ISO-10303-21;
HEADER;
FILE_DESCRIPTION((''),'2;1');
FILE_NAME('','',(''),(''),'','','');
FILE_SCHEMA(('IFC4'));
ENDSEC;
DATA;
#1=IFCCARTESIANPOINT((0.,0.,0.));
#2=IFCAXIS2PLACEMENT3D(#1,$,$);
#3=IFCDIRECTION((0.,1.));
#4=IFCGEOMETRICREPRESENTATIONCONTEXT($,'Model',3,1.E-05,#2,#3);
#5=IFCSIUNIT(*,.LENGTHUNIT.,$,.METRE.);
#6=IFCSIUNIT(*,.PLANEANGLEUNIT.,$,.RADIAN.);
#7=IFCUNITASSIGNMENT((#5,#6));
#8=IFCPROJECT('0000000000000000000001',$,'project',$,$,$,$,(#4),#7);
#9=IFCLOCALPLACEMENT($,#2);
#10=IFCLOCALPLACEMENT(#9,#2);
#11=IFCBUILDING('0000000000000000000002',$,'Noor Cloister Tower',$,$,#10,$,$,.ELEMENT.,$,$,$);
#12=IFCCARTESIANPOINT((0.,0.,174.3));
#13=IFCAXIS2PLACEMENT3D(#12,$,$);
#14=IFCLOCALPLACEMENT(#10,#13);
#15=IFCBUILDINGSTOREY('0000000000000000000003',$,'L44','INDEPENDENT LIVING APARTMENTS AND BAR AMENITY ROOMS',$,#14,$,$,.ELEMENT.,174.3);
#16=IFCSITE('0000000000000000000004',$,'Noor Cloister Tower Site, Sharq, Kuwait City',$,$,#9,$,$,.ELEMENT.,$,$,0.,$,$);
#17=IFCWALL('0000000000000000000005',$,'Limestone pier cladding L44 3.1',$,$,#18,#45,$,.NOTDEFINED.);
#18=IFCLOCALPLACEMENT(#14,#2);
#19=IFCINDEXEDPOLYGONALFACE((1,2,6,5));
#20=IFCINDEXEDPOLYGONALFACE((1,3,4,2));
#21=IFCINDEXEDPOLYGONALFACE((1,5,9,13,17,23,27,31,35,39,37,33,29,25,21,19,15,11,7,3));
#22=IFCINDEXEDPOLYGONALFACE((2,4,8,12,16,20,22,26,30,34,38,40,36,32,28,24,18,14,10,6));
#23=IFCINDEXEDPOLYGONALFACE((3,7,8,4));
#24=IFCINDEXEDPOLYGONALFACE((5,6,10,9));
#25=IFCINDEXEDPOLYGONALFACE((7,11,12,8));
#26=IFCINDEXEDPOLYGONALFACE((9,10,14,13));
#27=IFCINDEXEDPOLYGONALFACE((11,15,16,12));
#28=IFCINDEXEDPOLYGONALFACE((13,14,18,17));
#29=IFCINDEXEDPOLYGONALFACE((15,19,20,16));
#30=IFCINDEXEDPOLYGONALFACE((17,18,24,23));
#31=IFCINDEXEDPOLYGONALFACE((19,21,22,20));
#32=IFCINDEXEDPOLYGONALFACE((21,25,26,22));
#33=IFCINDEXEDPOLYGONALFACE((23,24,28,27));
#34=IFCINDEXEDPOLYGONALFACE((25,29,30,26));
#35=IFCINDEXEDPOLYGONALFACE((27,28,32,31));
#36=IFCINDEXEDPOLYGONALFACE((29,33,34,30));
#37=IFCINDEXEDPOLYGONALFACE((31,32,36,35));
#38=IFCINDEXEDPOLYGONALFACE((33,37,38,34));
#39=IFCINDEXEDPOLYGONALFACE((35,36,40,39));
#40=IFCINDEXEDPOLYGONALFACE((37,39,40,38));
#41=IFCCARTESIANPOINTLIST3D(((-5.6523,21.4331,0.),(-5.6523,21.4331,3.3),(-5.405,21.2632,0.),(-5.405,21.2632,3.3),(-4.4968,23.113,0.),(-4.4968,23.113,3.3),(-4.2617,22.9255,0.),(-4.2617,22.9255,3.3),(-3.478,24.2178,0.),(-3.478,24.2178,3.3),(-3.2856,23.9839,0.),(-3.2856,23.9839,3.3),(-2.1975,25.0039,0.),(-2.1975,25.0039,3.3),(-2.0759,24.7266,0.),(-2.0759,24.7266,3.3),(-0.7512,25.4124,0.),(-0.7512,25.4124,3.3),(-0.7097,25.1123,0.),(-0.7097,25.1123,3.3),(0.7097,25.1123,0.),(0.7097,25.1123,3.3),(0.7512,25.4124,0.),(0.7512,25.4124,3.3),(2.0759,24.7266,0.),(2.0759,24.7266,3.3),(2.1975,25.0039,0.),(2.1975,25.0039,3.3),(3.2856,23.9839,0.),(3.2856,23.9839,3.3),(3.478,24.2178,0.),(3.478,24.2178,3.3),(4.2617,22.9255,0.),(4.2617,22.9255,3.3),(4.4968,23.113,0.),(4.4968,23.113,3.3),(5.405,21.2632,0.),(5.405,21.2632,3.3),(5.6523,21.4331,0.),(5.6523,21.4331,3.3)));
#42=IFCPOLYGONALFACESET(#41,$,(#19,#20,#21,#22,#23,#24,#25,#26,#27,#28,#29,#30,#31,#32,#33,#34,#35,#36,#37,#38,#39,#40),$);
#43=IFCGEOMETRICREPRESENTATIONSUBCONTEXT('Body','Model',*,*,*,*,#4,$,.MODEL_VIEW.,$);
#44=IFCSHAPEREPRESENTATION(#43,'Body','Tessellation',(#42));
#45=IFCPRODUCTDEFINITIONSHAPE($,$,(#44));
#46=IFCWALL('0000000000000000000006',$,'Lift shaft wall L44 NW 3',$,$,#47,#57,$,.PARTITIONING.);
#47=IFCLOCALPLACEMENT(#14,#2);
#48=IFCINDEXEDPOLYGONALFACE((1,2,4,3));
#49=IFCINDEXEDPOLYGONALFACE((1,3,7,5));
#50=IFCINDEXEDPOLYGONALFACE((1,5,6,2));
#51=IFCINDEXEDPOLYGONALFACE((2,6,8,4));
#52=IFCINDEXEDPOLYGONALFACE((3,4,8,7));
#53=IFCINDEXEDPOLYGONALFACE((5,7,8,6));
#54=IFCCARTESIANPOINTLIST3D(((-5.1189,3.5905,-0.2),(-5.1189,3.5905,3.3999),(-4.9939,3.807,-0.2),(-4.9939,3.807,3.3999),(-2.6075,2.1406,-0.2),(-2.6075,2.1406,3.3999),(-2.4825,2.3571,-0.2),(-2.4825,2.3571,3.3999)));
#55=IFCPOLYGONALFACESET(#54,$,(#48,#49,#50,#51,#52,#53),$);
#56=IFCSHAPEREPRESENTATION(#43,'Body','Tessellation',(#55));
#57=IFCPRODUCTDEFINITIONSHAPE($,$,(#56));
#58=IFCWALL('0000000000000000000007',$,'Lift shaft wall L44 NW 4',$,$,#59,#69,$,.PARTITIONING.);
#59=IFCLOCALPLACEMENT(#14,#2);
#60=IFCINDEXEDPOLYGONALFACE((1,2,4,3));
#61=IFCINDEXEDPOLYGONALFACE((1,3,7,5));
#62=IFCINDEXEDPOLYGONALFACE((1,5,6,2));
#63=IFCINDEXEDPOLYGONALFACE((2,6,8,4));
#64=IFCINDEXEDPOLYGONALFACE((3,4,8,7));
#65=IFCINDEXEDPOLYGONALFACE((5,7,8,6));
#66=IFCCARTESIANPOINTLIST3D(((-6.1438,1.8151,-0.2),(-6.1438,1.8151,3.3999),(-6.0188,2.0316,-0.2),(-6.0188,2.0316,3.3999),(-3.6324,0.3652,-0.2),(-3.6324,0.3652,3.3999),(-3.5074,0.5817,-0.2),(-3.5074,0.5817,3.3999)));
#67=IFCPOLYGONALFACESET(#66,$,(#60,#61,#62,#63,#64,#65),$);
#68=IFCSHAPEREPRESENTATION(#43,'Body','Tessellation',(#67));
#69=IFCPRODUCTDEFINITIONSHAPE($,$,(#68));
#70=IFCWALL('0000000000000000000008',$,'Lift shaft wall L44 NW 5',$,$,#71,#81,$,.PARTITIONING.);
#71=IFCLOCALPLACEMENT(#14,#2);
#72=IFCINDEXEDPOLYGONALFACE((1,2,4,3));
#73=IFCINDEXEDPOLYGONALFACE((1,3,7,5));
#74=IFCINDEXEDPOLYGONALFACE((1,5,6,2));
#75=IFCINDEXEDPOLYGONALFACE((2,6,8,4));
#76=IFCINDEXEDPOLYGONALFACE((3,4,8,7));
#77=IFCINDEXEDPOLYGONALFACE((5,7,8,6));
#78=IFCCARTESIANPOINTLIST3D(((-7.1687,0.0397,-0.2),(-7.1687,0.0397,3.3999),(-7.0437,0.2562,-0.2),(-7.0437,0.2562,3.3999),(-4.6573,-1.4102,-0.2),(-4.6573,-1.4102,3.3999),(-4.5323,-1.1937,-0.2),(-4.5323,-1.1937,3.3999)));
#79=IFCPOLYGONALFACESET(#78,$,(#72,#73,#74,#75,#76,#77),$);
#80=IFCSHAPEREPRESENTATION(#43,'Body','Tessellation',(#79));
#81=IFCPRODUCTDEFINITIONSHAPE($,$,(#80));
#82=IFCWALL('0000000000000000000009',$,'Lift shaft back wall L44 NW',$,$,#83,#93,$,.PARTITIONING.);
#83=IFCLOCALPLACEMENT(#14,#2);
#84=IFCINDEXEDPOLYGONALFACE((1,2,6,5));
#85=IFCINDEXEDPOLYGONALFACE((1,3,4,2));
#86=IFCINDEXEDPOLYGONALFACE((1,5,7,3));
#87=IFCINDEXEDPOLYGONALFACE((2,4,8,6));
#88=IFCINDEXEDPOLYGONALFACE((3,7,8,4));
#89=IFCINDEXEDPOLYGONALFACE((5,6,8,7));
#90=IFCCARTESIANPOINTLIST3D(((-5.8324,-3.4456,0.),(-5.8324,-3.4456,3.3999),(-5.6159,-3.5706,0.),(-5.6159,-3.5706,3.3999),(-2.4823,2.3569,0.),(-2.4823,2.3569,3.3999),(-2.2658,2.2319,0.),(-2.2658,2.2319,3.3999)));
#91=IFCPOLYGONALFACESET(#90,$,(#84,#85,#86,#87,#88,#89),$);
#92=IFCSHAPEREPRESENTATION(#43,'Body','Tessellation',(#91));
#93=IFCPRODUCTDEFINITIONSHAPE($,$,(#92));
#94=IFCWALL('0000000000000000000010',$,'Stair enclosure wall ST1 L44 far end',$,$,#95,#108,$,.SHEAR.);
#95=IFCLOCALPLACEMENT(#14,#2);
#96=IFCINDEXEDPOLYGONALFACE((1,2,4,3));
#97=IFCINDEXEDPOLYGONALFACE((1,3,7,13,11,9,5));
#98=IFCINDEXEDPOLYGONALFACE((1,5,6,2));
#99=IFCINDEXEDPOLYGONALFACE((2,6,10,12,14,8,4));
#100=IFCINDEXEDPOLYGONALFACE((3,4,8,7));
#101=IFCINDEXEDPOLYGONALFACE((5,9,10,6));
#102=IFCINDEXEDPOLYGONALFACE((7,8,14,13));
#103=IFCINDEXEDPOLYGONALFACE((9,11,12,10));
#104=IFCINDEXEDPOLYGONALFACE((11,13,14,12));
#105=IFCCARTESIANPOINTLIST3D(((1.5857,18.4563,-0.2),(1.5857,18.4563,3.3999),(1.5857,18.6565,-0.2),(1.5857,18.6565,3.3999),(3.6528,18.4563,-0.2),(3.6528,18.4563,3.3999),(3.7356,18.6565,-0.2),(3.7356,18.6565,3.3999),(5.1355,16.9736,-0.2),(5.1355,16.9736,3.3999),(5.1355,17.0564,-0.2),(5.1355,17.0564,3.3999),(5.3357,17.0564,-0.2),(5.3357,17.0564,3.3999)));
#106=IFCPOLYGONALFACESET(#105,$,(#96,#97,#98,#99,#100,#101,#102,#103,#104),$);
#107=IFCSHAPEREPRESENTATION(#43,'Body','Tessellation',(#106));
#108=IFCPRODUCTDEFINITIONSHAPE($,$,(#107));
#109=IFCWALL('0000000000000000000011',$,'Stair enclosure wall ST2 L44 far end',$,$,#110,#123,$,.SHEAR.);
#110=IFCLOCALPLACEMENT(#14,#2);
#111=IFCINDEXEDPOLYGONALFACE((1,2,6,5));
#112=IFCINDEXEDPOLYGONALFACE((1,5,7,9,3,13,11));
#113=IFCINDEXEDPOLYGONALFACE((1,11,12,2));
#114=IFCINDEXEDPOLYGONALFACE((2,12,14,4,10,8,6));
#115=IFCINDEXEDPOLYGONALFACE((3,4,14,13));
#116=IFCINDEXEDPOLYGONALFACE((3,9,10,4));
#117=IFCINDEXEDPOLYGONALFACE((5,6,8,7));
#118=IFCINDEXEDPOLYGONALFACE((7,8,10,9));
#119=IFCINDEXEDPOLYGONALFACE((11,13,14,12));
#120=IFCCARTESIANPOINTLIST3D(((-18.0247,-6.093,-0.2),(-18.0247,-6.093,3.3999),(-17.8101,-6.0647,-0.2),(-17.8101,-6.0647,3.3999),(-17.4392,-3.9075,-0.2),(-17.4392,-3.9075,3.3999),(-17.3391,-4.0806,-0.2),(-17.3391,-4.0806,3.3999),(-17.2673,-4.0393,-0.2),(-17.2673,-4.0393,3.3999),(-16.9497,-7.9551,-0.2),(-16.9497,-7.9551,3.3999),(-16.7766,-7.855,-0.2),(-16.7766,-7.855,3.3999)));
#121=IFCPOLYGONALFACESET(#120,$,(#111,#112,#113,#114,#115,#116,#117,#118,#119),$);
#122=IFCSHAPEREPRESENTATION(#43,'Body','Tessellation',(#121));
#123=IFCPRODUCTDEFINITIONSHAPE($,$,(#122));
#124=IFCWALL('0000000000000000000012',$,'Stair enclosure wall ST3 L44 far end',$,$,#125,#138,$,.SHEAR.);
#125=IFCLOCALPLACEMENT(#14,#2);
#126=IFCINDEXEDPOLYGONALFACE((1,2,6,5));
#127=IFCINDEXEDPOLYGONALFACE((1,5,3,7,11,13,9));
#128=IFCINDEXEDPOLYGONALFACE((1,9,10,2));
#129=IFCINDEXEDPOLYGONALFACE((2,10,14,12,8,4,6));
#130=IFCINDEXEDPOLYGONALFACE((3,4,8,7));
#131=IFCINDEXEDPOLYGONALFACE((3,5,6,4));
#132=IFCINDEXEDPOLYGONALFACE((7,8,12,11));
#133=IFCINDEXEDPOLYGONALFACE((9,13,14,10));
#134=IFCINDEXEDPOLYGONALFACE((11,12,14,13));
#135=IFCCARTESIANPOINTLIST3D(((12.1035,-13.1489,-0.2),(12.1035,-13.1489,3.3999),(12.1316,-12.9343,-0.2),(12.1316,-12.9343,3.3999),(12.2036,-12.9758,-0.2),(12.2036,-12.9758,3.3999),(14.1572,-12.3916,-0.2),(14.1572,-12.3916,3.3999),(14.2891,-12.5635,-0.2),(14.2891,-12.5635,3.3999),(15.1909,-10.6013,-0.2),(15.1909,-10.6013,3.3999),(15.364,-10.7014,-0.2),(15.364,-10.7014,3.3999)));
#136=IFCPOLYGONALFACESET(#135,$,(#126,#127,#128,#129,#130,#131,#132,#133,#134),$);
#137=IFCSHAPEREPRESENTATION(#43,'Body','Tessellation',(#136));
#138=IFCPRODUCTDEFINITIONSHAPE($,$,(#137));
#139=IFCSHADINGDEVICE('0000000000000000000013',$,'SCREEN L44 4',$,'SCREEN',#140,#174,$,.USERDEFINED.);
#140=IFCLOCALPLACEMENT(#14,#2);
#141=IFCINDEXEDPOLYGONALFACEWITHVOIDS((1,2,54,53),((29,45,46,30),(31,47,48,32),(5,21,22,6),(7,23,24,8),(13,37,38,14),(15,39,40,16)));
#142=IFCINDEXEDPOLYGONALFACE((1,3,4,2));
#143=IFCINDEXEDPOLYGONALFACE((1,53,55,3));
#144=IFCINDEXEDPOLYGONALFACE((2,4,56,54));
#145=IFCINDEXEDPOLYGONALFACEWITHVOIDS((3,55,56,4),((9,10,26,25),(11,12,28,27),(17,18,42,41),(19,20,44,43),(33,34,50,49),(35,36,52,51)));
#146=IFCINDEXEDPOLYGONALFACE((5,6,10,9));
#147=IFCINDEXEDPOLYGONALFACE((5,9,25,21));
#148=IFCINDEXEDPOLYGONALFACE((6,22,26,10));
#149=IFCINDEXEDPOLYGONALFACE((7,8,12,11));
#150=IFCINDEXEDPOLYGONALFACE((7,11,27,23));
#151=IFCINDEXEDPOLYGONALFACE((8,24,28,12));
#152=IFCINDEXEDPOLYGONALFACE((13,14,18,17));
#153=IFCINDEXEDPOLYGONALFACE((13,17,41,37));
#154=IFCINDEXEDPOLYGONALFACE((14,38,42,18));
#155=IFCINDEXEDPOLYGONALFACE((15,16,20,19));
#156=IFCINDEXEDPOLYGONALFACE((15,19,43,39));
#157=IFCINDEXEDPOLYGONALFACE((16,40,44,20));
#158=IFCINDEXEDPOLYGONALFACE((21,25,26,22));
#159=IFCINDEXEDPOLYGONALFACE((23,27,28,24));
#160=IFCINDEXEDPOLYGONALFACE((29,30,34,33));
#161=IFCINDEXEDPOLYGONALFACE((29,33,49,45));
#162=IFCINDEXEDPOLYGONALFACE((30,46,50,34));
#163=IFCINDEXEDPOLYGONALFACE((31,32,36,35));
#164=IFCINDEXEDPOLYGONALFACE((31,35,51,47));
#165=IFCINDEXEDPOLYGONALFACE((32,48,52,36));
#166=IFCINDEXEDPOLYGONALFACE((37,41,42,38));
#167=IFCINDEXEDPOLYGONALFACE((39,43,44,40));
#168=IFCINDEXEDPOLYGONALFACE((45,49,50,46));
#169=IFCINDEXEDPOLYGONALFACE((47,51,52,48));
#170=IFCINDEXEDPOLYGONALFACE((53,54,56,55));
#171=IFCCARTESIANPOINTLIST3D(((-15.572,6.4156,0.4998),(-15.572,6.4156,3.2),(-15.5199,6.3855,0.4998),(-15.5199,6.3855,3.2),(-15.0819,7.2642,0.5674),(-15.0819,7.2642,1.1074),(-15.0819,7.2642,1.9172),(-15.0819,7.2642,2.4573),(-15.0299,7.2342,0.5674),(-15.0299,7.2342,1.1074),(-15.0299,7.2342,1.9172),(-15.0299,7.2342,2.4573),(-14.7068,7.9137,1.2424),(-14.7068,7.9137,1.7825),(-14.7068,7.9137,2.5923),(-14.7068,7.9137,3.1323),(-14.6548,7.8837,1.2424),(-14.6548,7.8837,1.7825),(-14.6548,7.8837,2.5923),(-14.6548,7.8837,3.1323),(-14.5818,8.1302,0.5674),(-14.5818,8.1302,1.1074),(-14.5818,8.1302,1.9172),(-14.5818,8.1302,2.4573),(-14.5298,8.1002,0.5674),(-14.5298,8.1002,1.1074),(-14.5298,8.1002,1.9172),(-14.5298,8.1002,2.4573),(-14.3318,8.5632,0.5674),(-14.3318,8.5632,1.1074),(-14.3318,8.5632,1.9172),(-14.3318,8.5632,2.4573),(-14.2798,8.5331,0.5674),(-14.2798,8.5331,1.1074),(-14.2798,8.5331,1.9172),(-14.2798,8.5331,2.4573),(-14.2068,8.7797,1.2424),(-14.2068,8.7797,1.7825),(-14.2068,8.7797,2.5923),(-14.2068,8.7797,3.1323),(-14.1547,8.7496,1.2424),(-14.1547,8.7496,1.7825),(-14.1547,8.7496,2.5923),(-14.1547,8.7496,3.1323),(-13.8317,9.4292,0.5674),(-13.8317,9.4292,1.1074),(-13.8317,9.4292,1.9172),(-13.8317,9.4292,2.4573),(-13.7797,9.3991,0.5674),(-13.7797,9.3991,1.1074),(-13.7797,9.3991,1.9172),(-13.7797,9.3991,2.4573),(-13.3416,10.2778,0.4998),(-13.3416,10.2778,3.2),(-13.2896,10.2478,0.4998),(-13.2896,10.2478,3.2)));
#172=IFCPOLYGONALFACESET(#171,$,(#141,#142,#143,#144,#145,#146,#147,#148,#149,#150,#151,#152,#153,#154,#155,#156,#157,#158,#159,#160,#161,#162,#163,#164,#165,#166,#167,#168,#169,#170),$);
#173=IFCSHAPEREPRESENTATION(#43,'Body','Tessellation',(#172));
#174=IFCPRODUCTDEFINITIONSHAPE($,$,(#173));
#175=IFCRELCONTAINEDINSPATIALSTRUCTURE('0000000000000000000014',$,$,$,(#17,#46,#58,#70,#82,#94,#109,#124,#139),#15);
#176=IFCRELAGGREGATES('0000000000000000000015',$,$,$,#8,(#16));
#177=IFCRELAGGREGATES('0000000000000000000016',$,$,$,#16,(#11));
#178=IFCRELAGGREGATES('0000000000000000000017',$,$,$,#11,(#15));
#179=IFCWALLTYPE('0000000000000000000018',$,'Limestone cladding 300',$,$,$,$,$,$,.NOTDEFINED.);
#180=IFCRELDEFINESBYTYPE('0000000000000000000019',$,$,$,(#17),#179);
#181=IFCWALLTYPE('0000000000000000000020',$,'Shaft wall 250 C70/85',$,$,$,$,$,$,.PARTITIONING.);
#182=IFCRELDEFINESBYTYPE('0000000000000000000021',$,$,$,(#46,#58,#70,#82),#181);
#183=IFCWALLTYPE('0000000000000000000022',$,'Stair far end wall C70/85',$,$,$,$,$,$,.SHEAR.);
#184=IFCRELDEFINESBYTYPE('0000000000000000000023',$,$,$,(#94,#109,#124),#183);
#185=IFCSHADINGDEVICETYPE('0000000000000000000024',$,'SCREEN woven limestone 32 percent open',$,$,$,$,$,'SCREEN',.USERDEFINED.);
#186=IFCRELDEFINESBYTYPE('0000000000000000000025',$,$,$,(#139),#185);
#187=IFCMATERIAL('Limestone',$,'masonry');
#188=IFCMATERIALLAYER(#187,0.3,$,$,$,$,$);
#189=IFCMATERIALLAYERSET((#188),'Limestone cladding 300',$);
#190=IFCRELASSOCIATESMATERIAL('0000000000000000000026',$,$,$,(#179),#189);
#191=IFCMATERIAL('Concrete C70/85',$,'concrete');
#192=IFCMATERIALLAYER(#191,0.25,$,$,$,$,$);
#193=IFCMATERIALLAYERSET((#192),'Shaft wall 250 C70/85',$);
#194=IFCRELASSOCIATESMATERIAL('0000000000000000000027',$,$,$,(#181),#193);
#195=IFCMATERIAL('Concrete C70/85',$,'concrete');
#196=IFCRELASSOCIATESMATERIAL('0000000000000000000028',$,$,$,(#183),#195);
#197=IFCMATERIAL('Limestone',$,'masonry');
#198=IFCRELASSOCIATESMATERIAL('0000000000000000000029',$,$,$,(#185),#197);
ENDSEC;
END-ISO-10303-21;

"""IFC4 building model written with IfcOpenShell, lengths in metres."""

from ifc_helpers import new_model, si_unit, direction, frame, frame_2d, origin, place, context, subcontext, project, spatial, polyline, rectangle, outline, extrude, material, layer, layer_set, material_profile, profile_set, type_object, element, save


model = new_model("IFC4")

# Units and contexts
model_context = context("Model", 3, precision=1e-05, world=origin(), true_north=direction((0.0, 1.0)))
body_context = subcontext(model_context, "Body", "Model", "MODEL_VIEW")
ifc_project = project(units=[si_unit("LENGTHUNIT", "METRE"), si_unit("PLANEANGLEUNIT", "RADIAN")], contexts=[model_context])

# Site, building, storey
site_placement = place(None, origin())
site = spatial("IfcSite", under=ifc_project, at=site_placement, Name="Noor Cloister Tower Site, Sharq, Kuwait City", CompositionType="ELEMENT", RefElevation=0.0)
building_placement = place(site_placement, origin())
building = spatial("IfcBuilding", under=site, at=building_placement, Name="Noor Cloister Tower", CompositionType="ELEMENT")
storey_placement = place(building_placement, frame((0.0, 0.0, 174.3)))
storey = spatial("IfcBuildingStorey", under=building, at=storey_placement, Name="L44", Description="INDEPENDENT LIVING APARTMENTS AND BAR AMENITY ROOMS", CompositionType="ELEMENT", Elevation=174.3)

# Walls
ifc_material_1 = material(Name="Limestone", Category="masonry")
ifc_layer_1 = layer(ifc_material_1, 0.3)
ifc_layer_set_1 = layer_set([ifc_layer_1], Name="Limestone cladding 300")
wall_type_1 = type_object("IfcWallType", Name="Limestone cladding 300", PredefinedType="NOTDEFINED", material=ifc_layer_set_1)
wall_1_placement = place(storey_placement, origin())
element("IfcWall", 1, at=wall_1_placement, inside=storey, type_object=wall_type_1, Name="Limestone pier cladding L44 3.1", PredefinedType="NOTDEFINED", context=body_context, shape_type="SweptSolid", body=[
    extrude(outline(polyline([(5.6523, 21.4331), (4.4968, 23.113), (3.478, 24.2178), (2.1975, 25.0039), (0.7512, 25.4124), (-0.7512, 25.4124), (-2.1975, 25.0039), (-3.478, 24.2178), (-4.4968, 23.113), (-5.6523, 21.4331), (-5.405, 21.2632), (-4.2617, 22.9255), (-3.2856, 23.9839), (-2.0759, 24.7266), (-0.7097, 25.1123), (0.7097, 25.1123), (2.0759, 24.7266), (3.2856, 23.9839), (4.2617, 22.9255), (5.405, 21.2632), (5.6523, 21.4331)])), origin(), (0.0, 0.0, 1.0), 3.3),
])
ifc_material_2 = material(Name="Concrete C70/85", Category="concrete")
ifc_layer_2 = layer(ifc_material_2, 0.25)
ifc_layer_set_2 = layer_set([ifc_layer_2], Name="Shaft wall 250 C70/85")
wall_type_2 = type_object("IfcWallType", Name="Shaft wall 250 C70/85", PredefinedType="PARTITIONING", material=ifc_layer_set_2)
for number, where, z_axis, x_axis, name in (
    (2, (-5.0564, 3.6987, -0.2), (0.0, 0.0, 1.0), (0.866033, -0.499987, 0.0), "Lift shaft wall L44 NW 3"),
    (3, (-6.0813, 1.9233, -0.2), (0.0, 0.0, 1.0), (0.866033, -0.499987, 0.0), "Lift shaft wall L44 NW 4"),
    (4, (-7.1062, 0.1479, -0.2), (0.0, 0.0, 1.0), (0.866033, -0.499987, 0.0), "Lift shaft wall L44 NW 5"),
):
    element("IfcWall", number, at=place(storey_placement, frame(where, z_axis=z_axis, x_axis=x_axis)), inside=storey, type_object=wall_type_2, Name=name, PredefinedType="PARTITIONING", context=body_context, shape_type="SweptSolid", body=[
        extrude(rectangle(XDim=2.8999, YDim=0.25, at=frame_2d((1.45, 0.0))), origin(), (0.0, 0.0, 1.0), 3.5999),
    ])
wall_2_placement = place(storey_placement, frame((-2.374, 2.2944, 0.0), z_axis=(0.0, 0.0, 1.0), x_axis=(-0.500003, -0.866024, 0.0)))
element("IfcWall", 5, at=wall_2_placement, inside=storey, type_object=wall_type_2, Name="Lift shaft back wall L44 NW", PredefinedType="PARTITIONING", context=body_context, shape_type="SweptSolid", body=[
    extrude(rectangle(XDim=6.7002, YDim=0.25, at=frame_2d((3.3501, 0.0))), origin(), (0.0, 0.0, 1.0), 3.3999),
])
ifc_material_3 = material(Name="Concrete C70/85", Category="concrete")
wall_type_3 = type_object("IfcWallType", Name="Stair far end wall C70/85", PredefinedType="SHEAR", material=ifc_material_3)
wall_3_placement = place(storey_placement, frame((0.0, 0.0, -0.2)))
element("IfcWall", 6, at=wall_3_placement, inside=storey, type_object=wall_type_3, Name="Stair enclosure wall ST1 L44 far end", PredefinedType="SHEAR", context=body_context, shape_type="SweptSolid", body=[
    extrude(outline(polyline([(5.3357, 17.0564), (3.7356, 18.6565), (1.5857, 18.6565), (1.5857, 18.4563), (3.6528, 18.4563), (5.1355, 16.9736), (5.1355, 17.0564), (5.1355, 17.0564), (5.1355, 17.0564), (5.1355, 17.0564), (5.1355, 17.0564), (5.1355, 17.0564), (5.1355, 17.0564), (5.1355, 17.0564), (5.1355, 17.0564), (5.1355, 17.0564), (5.1355, 17.0564), (5.1355, 17.0564), (5.1355, 17.0564), (5.1355, 17.0564), (5.1355, 17.0564), (5.1355, 17.0564), (5.1355, 17.0564), (5.3357, 17.0564)])), origin(), (0.0, 0.0, 1.0), 3.5999),
])
wall_4_placement = place(storey_placement, frame((0.0, 0.0, -0.2)))
element("IfcWall", 7, at=wall_4_placement, inside=storey, type_object=wall_type_3, Name="Stair enclosure wall ST2 L44 far end", PredefinedType="SHEAR", context=body_context, shape_type="SweptSolid", body=[
    extrude(outline(polyline([(-17.4392, -3.9075), (-18.0247, -6.093), (-16.9497, -7.9551), (-16.7766, -7.855), (-17.8101, -6.0647), (-17.2673, -4.0393), (-17.3391, -4.0806), (-17.3391, -4.0806), (-17.3391, -4.0806), (-17.3391, -4.0806), (-17.3391, -4.0806), (-17.3391, -4.0806), (-17.3391, -4.0806), (-17.3391, -4.0806), (-17.3391, -4.0806), (-17.3391, -4.0806), (-17.3391, -4.0806), (-17.3391, -4.0806), (-17.3391, -4.0806), (-17.3391, -4.0806), (-17.3391, -4.0806), (-17.3391, -4.0806), (-17.3391, -4.0806), (-17.4392, -3.9075)])), origin(), (0.0, 0.0, 1.0), 3.5999),
])
wall_5_placement = place(storey_placement, frame((0.0, 0.0, -0.2)))
element("IfcWall", 8, at=wall_5_placement, inside=storey, type_object=wall_type_3, Name="Stair enclosure wall ST3 L44 far end", PredefinedType="SHEAR", context=body_context, shape_type="SweptSolid", body=[
    extrude(outline(polyline([(12.1035, -13.1489), (14.2891, -12.5635), (15.364, -10.7014), (15.1909, -10.6013), (14.1572, -12.3916), (12.1316, -12.9343), (12.2036, -12.9758), (12.2036, -12.9758), (12.2036, -12.9758), (12.2036, -12.9758), (12.2036, -12.9758), (12.2036, -12.9758), (12.2036, -12.9758), (12.2036, -12.9758), (12.2036, -12.9758), (12.2036, -12.9758), (12.2036, -12.9758), (12.2036, -12.9758), (12.2036, -12.9758), (12.2036, -12.9758), (12.2036, -12.9758), (12.2036, -12.9758), (12.2036, -12.9758), (12.1035, -13.1489)])), origin(), (0.0, 0.0, 1.0), 3.5999),
])

# Shading device
ifc_material_4 = material(Name="Limestone", Category="masonry")
ifc_material_profile_1 = material_profile(ifc_material_4, outline(polyline([(-2.23, -1.3501), (2.23, -1.3501), (2.23, 1.3501), (-2.23, 1.3501), (-2.23, -1.3501)]), holes=[polyline([(-1.25, -1.2825), (-0.25, -1.2825), (-0.25, -0.7424), (-1.25, -0.7424), (-1.25, -1.2825)]), polyline([(0.25, -1.2825), (1.25, -1.2825), (1.25, -0.7424), (0.25, -0.7424), (0.25, -1.2825)]), polyline([(-0.5, -0.6074), (0.5, -0.6074), (0.5, -0.0674), (-0.5, -0.0674), (-0.5, -0.6074)]), polyline([(-1.25, 0.0674), (-0.25, 0.0674), (-0.25, 0.6074), (-1.25, 0.6074), (-1.25, 0.0674)]), polyline([(0.25, 0.0674), (1.25, 0.0674), (1.25, 0.6074), (0.25, 0.6074), (0.25, 0.0674)]), polyline([(-0.5, 0.7424), (0.5, 0.7424), (0.5, 1.2825), (-0.5, 1.2825), (-0.5, 0.7424)])]), Name="Woven screen 32 percent open")
ifc_profile_set_1 = profile_set([ifc_material_profile_1], Name="Limestone")
shading_device_type_1 = type_object("IfcShadingDeviceType", Name="SCREEN woven limestone 32 percent open", ElementType="SCREEN", PredefinedType="USERDEFINED", material=ifc_profile_set_1)
shading_device_1_placement = place(storey_placement, frame((-14.4048, 8.3167, 1.8499), z_axis=(-0.865982, 0.500074, 0.0), x_axis=(-0.500074, -0.865982, 0.0)))
element("IfcShadingDevice", 9, at=shading_device_1_placement, inside=storey, type_object=shading_device_type_1, Name="SCREEN L44 4", ObjectType="SCREEN", PredefinedType="USERDEFINED", context=body_context, shape_type="SweptSolid", body=[
    extrude(outline(polyline([(-2.23, -1.3501), (2.23, -1.3501), (2.23, 1.3501), (-2.23, 1.3501), (-2.23, -1.3501)]), holes=[polyline([(-1.25, -1.2825), (-0.25, -1.2825), (-0.25, -0.7424), (-1.25, -0.7424), (-1.25, -1.2825)]), polyline([(0.25, -1.2825), (1.25, -1.2825), (1.25, -0.7424), (0.25, -0.7424), (0.25, -1.2825)]), polyline([(-0.5, -0.6074), (0.5, -0.6074), (0.5, -0.0674), (-0.5, -0.0674), (-0.5, -0.6074)]), polyline([(-1.25, 0.0674), (-0.25, 0.0674), (-0.25, 0.6074), (-1.25, 0.6074), (-1.25, 0.0674)]), polyline([(0.25, 0.0674), (1.25, 0.0674), (1.25, 0.6074), (0.25, 0.6074), (0.25, 0.0674)]), polyline([(-0.5, 0.7424), (0.5, 0.7424), (0.5, 1.2825), (-0.5, 1.2825), (-0.5, 0.7424)])]), origin(), (0.0, 0.0, 1.0), 0.0601),
])

save(model, "model.ifc")
